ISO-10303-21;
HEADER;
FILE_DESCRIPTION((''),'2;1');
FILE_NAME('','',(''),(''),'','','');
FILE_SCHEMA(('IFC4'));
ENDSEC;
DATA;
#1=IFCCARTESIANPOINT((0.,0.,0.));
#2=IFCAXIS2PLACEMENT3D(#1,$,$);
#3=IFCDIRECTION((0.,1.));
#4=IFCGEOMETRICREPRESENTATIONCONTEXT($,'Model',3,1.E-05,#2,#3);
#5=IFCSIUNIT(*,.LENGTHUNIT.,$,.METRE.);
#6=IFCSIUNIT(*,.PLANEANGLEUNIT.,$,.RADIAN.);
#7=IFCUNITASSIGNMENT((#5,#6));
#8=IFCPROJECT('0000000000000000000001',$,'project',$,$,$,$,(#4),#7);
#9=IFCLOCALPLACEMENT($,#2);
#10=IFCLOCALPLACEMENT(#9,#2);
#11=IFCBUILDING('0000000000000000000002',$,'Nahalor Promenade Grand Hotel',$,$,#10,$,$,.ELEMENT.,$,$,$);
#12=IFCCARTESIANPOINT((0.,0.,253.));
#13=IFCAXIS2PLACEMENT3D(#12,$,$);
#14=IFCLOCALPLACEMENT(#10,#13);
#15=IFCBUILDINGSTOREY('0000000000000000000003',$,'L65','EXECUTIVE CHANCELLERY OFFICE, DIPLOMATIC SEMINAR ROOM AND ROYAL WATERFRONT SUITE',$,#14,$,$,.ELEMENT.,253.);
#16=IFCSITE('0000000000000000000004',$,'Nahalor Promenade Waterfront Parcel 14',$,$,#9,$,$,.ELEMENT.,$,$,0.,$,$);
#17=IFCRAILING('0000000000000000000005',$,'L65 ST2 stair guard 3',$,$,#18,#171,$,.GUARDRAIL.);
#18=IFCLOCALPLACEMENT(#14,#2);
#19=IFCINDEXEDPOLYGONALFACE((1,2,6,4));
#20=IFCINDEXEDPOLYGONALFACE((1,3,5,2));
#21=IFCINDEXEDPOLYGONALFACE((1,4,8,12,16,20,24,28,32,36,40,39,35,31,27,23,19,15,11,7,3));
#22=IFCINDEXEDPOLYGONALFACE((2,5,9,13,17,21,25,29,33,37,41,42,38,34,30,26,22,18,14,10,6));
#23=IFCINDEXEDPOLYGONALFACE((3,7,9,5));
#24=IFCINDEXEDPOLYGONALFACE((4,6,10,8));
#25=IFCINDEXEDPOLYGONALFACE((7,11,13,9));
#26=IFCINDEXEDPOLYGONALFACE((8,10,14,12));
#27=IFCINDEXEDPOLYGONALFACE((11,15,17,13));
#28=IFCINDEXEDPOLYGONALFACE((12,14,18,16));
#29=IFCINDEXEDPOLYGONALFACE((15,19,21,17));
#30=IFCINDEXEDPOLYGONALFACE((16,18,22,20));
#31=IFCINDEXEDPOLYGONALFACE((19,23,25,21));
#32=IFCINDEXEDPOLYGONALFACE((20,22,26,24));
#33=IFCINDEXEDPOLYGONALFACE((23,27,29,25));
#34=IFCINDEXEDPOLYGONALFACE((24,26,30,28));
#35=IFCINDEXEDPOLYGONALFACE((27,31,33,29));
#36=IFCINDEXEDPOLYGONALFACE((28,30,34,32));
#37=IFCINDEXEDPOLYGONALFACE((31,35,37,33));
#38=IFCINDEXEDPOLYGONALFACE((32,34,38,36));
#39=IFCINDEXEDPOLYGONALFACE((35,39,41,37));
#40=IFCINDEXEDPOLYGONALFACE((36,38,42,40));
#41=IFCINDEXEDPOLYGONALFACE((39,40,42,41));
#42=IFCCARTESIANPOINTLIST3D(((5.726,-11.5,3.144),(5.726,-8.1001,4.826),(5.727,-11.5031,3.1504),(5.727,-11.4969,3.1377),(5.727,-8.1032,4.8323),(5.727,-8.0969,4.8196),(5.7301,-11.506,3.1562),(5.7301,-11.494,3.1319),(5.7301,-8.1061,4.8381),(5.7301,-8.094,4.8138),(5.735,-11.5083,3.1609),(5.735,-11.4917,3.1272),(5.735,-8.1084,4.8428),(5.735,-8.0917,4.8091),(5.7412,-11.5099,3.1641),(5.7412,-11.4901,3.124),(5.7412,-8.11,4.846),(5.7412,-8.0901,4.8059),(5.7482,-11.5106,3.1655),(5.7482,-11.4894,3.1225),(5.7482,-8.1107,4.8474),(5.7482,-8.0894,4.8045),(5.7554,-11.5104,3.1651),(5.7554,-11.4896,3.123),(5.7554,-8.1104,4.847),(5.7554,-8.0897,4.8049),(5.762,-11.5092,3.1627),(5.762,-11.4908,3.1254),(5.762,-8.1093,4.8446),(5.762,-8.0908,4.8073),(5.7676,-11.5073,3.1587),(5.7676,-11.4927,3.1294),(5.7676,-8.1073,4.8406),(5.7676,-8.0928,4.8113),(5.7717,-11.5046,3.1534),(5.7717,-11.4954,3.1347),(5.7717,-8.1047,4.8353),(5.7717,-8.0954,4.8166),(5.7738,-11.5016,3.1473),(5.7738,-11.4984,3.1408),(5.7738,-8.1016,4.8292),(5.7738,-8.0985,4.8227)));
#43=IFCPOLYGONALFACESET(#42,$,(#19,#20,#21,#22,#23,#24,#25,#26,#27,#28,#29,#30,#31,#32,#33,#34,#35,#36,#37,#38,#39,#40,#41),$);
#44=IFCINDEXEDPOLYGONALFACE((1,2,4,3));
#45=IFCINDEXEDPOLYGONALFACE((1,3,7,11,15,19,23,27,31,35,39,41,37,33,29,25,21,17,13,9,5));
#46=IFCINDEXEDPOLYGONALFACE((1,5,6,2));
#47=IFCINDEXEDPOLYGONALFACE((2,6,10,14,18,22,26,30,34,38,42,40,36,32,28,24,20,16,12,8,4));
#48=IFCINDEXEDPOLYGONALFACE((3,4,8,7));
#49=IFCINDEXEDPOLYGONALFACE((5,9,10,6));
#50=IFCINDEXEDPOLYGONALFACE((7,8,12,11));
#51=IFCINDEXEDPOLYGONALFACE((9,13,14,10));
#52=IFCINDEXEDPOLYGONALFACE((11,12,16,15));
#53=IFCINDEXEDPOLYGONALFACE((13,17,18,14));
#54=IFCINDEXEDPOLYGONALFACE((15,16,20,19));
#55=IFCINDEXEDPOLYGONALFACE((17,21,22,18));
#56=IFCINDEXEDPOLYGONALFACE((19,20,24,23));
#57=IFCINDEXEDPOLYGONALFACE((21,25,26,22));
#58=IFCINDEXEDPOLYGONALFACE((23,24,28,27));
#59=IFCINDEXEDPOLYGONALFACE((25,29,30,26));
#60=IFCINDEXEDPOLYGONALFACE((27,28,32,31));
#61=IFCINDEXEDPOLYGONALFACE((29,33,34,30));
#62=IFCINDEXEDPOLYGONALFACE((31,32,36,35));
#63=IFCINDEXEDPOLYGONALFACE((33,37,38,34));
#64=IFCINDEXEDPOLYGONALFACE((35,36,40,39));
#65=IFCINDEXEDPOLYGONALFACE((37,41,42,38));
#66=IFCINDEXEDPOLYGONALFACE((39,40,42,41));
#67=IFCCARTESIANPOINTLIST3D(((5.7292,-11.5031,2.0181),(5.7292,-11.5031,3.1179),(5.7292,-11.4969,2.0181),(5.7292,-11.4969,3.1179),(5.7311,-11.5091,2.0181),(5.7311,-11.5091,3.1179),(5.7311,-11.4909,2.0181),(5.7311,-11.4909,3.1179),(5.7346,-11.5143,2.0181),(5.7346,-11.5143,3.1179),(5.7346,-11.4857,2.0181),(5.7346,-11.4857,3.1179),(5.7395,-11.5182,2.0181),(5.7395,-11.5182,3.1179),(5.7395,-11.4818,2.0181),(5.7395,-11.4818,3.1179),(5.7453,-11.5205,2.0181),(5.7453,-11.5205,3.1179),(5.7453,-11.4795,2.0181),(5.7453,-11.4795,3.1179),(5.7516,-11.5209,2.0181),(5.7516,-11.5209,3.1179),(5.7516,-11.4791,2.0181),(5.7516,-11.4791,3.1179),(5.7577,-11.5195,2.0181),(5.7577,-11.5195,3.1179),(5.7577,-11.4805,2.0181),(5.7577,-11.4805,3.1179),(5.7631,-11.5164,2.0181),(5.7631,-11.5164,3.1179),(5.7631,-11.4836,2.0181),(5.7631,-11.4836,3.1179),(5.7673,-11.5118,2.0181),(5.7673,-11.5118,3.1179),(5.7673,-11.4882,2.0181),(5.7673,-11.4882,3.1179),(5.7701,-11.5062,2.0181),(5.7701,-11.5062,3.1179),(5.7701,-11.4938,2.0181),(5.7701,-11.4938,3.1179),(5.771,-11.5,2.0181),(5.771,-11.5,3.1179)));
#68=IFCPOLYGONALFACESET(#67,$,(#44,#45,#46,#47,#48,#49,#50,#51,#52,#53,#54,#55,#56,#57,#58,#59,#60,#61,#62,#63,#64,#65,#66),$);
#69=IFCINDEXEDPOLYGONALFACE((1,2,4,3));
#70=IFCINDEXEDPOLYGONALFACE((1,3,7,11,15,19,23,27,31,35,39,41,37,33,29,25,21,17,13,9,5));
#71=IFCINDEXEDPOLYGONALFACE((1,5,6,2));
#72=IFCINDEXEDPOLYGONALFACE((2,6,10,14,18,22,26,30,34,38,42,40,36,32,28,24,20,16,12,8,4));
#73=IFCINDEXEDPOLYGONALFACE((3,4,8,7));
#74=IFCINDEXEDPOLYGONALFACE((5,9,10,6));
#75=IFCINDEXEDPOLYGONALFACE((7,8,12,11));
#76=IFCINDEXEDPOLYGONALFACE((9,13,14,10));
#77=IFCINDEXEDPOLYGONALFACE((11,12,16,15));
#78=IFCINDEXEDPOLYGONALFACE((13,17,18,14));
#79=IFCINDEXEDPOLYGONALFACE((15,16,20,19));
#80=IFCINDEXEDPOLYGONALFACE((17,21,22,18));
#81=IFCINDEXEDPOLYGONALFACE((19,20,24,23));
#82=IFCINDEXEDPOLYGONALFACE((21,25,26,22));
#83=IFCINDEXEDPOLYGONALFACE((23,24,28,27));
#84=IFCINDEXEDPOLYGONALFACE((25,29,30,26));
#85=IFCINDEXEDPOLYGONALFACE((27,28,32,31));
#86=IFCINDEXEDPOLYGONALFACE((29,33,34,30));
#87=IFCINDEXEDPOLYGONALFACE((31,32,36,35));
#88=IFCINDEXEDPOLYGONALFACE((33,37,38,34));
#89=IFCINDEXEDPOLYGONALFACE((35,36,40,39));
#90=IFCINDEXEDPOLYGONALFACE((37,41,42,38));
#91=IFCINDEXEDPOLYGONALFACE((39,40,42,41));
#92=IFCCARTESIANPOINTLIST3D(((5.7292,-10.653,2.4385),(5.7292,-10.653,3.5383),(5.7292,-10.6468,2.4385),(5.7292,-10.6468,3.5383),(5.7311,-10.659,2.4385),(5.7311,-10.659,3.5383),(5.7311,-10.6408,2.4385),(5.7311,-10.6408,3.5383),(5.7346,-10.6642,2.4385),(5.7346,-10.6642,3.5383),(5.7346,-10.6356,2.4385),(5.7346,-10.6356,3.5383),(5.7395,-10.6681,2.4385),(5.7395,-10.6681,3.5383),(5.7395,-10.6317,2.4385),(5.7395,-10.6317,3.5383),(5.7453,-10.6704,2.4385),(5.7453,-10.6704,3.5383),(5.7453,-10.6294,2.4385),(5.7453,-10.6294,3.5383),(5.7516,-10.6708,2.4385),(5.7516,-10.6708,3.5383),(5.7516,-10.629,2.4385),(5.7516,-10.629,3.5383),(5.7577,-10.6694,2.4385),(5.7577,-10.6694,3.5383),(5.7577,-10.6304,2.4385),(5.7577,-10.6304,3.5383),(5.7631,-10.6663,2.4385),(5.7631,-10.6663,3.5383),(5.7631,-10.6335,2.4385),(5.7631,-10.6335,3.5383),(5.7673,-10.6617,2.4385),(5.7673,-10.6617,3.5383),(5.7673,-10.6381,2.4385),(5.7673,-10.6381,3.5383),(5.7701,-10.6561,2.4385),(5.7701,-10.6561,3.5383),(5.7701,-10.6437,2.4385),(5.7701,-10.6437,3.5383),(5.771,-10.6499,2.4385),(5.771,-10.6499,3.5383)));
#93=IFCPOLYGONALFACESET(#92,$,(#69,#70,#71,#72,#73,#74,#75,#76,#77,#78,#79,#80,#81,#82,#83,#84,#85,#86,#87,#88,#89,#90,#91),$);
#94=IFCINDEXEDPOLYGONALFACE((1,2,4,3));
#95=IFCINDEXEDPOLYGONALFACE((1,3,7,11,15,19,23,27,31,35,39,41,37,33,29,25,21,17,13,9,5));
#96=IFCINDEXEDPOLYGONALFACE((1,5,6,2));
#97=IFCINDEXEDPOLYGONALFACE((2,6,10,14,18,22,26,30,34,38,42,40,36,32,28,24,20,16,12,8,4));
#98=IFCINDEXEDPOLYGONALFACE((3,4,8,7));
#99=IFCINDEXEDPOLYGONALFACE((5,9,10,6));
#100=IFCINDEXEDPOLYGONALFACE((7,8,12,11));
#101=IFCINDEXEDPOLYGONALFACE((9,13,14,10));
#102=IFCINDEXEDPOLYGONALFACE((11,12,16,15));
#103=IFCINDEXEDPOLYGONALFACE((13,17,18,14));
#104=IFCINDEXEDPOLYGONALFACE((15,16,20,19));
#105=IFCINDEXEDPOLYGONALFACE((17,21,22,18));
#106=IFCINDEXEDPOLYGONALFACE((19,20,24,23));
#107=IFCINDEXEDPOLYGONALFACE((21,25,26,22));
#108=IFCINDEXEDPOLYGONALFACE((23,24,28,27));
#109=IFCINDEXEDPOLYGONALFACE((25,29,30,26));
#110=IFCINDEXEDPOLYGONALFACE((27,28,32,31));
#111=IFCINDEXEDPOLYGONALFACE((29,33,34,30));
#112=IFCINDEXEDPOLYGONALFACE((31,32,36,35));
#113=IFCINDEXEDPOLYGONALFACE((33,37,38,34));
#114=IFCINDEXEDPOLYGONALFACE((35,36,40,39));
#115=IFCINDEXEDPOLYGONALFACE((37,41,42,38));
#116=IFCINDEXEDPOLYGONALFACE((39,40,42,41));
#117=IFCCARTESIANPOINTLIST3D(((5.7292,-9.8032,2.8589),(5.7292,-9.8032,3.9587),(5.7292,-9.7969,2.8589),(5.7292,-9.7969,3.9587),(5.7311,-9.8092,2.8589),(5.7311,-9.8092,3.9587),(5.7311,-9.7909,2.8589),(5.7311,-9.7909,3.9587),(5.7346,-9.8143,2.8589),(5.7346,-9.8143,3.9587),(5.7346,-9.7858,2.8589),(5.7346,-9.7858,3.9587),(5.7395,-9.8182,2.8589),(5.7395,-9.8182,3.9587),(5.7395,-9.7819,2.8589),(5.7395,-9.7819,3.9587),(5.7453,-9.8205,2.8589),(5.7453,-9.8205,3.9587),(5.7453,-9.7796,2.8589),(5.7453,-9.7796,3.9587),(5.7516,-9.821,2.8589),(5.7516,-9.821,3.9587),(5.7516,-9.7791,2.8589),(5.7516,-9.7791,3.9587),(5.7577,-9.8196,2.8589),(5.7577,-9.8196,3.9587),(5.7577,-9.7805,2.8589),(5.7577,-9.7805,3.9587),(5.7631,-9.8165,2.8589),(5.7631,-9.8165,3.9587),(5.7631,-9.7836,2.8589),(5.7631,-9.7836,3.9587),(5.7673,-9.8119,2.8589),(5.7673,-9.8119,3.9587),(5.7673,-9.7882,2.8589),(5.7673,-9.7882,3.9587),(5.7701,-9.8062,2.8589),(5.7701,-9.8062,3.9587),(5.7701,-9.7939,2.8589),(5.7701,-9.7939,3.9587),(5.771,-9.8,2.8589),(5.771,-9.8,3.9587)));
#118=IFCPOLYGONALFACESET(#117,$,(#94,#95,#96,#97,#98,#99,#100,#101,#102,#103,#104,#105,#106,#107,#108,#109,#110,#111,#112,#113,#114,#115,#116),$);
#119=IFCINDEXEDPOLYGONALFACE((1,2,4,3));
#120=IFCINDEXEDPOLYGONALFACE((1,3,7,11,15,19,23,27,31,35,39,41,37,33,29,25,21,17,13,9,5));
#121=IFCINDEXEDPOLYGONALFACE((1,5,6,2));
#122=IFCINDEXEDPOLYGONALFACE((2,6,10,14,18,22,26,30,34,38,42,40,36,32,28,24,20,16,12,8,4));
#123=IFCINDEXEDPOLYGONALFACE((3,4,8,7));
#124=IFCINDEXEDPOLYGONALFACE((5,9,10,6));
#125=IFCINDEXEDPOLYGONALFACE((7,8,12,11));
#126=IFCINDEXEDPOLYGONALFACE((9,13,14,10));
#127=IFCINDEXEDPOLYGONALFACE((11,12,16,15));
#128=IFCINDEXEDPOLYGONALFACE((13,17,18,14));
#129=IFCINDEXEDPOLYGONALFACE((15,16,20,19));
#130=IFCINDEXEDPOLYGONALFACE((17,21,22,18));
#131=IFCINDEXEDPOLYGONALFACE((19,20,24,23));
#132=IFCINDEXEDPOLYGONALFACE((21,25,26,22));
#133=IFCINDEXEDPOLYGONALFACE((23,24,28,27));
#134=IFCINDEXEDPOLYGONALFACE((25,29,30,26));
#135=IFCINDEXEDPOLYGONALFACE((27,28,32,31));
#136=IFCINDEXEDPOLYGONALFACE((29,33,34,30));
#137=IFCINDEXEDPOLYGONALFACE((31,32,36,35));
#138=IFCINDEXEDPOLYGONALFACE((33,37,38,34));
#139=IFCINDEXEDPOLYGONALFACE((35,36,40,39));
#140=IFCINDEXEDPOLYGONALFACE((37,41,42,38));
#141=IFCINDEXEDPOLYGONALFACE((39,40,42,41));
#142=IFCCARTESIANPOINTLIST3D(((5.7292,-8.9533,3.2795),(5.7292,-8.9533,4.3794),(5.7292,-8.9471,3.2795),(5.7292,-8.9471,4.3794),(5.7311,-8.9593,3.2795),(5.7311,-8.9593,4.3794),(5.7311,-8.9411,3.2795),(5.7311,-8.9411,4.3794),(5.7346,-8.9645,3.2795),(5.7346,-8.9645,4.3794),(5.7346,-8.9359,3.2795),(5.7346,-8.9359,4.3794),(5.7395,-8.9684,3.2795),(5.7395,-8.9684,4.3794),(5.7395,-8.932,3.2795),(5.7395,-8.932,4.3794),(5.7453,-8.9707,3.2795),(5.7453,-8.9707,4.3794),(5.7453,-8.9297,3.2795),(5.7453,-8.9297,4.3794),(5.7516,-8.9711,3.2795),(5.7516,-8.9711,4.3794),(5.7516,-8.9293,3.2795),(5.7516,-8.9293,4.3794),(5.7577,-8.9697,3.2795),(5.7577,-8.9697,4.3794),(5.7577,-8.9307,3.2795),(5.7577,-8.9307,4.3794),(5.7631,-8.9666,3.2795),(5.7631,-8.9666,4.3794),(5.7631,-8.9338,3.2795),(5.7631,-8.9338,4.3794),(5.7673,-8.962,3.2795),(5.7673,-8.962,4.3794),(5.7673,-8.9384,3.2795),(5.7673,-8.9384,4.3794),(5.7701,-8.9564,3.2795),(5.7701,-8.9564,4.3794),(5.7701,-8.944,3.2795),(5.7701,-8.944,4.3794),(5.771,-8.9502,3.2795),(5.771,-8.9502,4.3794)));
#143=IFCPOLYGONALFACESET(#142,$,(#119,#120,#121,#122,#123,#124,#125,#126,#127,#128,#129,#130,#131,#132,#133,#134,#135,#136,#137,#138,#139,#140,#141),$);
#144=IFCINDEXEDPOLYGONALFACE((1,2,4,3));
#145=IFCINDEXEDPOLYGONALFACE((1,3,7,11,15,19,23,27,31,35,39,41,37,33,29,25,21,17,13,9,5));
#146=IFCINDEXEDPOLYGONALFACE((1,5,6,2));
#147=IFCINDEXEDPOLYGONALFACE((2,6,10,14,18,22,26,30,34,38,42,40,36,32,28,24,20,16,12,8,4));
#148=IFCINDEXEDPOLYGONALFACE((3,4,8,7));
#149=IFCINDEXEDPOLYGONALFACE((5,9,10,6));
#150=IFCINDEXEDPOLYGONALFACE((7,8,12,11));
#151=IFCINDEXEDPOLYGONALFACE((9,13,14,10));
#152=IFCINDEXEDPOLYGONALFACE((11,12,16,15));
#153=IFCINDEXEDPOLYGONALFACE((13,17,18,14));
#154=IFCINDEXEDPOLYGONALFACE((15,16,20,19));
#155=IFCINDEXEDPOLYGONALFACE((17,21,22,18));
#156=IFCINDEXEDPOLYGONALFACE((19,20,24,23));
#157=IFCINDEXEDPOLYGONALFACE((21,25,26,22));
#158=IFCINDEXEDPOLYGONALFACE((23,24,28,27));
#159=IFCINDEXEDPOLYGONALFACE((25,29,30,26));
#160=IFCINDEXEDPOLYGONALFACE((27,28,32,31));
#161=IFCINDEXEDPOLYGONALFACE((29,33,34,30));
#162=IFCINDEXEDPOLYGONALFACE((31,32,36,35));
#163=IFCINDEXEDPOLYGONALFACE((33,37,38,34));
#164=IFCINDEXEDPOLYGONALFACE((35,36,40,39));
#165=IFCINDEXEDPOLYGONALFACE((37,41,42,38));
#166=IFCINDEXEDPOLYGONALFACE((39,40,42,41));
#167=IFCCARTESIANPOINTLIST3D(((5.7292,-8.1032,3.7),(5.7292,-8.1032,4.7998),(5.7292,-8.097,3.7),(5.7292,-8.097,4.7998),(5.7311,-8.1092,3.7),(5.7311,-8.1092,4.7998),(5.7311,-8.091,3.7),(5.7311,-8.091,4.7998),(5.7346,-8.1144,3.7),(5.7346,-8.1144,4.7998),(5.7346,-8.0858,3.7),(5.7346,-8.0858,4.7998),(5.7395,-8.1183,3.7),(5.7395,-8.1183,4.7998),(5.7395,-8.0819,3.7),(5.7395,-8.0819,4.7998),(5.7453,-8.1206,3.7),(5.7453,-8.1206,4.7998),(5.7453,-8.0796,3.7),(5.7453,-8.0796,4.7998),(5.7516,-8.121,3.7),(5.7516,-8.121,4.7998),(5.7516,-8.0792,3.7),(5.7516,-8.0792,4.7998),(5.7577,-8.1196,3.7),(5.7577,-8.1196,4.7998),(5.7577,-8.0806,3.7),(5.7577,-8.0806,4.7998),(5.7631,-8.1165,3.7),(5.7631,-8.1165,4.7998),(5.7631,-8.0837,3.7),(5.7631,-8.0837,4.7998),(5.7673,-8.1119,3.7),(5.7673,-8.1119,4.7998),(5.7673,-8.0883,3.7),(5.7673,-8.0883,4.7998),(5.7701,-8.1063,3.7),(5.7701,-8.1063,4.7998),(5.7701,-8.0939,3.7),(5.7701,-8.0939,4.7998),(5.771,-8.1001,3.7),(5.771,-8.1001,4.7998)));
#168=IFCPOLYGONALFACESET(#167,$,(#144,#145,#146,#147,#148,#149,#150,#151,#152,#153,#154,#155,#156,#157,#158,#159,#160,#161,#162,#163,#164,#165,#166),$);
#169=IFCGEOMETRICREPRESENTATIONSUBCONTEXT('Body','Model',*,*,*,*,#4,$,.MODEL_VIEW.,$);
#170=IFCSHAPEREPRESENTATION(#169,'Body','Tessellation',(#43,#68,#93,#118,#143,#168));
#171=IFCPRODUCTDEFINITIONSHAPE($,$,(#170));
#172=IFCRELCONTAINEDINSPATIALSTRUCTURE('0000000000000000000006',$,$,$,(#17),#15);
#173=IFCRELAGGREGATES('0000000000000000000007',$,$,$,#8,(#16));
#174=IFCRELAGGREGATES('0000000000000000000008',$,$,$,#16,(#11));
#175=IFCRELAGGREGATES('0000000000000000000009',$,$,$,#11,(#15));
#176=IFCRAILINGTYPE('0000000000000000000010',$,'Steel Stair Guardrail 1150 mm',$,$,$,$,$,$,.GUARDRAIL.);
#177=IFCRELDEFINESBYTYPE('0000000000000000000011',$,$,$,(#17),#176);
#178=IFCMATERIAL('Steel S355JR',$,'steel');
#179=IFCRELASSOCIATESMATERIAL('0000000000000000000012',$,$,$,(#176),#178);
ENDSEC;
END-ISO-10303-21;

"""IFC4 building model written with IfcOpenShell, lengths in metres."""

from ifc_helpers import new_model, si_unit, direction, frame, origin, origin_2d, place, context, subcontext, project, spatial, circle, extrude, material, type_object, element, save


model = new_model("IFC4")

# Units and contexts
model_context = context("Model", 3, precision=1e-05, world=origin(), true_north=direction((0.0, 1.0)))
body_context = subcontext(model_context, "Body", "Model", "MODEL_VIEW")
ifc_project = project(units=[si_unit("LENGTHUNIT", "METRE"), si_unit("PLANEANGLEUNIT", "RADIAN")], contexts=[model_context])

# Site, building, storey
site_placement = place(None, origin())
site = spatial("IfcSite", under=ifc_project, at=site_placement, Name="Nahalor Promenade Waterfront Parcel 14", CompositionType="ELEMENT", RefElevation=0.0)
building_placement = place(site_placement, origin())
building = spatial("IfcBuilding", under=site, at=building_placement, Name="Nahalor Promenade Grand Hotel", CompositionType="ELEMENT")
storey_placement = place(building_placement, frame((0.0, 0.0, 253.0)))
storey = spatial("IfcBuildingStorey", under=building, at=storey_placement, Name="L65", Description="EXECUTIVE CHANCELLERY OFFICE, DIPLOMATIC SEMINAR ROOM AND ROYAL WATERFRONT SUITE", CompositionType="ELEMENT", Elevation=253.0)

# Shared definitions
ifc_material_1 = material(Name="Steel S355JR", Category="steel")

# Railing
railing_type_1 = type_object("IfcRailingType", Name="Steel Stair Guardrail 1150 mm", PredefinedType="GUARDRAIL", material=ifc_material_1)
railing_1_placement = place(storey_placement, frame((5.75, -11.5, 2.0181)))
element("IfcRailing", 1, at=railing_1_placement, inside=storey, type_object=railing_type_1, Name="L65 ST2 stair guard 3", PredefinedType="GUARDRAIL", context=body_context, shape_type="SweptSolid", body=[
    extrude(circle(Radius=0.024, at=origin_2d()), frame((0.0, 0.0, 1.126), z_axis=(0.0, 0.896324, 0.443399), x_axis=(-1.0, 0.0, 0.0)), (0.0, 0.0, 1.0), 3.7932),
    extrude(circle(Radius=0.021, at=origin_2d()), origin(), (0.0, 0.0, 1.0), 1.0999),
    extrude(circle(Radius=0.021, at=origin_2d()), frame((0.0, 0.8501, 0.4204)), (0.0, 0.0, 1.0), 1.0999),
    extrude(circle(Radius=0.021, at=origin_2d()), frame((0.0, 1.7, 0.8408)), (0.0, 0.0, 1.0), 1.0999),
    extrude(circle(Radius=0.021, at=origin_2d()), frame((0.0, 2.5498, 1.2615)), (0.0, 0.0, 1.0), 1.0999),
    extrude(circle(Radius=0.021, at=origin_2d()), frame((0.0, 3.3999, 1.6819)), (0.0, 0.0, 1.0), 1.0999),
])

save(model, "model.ifc")
